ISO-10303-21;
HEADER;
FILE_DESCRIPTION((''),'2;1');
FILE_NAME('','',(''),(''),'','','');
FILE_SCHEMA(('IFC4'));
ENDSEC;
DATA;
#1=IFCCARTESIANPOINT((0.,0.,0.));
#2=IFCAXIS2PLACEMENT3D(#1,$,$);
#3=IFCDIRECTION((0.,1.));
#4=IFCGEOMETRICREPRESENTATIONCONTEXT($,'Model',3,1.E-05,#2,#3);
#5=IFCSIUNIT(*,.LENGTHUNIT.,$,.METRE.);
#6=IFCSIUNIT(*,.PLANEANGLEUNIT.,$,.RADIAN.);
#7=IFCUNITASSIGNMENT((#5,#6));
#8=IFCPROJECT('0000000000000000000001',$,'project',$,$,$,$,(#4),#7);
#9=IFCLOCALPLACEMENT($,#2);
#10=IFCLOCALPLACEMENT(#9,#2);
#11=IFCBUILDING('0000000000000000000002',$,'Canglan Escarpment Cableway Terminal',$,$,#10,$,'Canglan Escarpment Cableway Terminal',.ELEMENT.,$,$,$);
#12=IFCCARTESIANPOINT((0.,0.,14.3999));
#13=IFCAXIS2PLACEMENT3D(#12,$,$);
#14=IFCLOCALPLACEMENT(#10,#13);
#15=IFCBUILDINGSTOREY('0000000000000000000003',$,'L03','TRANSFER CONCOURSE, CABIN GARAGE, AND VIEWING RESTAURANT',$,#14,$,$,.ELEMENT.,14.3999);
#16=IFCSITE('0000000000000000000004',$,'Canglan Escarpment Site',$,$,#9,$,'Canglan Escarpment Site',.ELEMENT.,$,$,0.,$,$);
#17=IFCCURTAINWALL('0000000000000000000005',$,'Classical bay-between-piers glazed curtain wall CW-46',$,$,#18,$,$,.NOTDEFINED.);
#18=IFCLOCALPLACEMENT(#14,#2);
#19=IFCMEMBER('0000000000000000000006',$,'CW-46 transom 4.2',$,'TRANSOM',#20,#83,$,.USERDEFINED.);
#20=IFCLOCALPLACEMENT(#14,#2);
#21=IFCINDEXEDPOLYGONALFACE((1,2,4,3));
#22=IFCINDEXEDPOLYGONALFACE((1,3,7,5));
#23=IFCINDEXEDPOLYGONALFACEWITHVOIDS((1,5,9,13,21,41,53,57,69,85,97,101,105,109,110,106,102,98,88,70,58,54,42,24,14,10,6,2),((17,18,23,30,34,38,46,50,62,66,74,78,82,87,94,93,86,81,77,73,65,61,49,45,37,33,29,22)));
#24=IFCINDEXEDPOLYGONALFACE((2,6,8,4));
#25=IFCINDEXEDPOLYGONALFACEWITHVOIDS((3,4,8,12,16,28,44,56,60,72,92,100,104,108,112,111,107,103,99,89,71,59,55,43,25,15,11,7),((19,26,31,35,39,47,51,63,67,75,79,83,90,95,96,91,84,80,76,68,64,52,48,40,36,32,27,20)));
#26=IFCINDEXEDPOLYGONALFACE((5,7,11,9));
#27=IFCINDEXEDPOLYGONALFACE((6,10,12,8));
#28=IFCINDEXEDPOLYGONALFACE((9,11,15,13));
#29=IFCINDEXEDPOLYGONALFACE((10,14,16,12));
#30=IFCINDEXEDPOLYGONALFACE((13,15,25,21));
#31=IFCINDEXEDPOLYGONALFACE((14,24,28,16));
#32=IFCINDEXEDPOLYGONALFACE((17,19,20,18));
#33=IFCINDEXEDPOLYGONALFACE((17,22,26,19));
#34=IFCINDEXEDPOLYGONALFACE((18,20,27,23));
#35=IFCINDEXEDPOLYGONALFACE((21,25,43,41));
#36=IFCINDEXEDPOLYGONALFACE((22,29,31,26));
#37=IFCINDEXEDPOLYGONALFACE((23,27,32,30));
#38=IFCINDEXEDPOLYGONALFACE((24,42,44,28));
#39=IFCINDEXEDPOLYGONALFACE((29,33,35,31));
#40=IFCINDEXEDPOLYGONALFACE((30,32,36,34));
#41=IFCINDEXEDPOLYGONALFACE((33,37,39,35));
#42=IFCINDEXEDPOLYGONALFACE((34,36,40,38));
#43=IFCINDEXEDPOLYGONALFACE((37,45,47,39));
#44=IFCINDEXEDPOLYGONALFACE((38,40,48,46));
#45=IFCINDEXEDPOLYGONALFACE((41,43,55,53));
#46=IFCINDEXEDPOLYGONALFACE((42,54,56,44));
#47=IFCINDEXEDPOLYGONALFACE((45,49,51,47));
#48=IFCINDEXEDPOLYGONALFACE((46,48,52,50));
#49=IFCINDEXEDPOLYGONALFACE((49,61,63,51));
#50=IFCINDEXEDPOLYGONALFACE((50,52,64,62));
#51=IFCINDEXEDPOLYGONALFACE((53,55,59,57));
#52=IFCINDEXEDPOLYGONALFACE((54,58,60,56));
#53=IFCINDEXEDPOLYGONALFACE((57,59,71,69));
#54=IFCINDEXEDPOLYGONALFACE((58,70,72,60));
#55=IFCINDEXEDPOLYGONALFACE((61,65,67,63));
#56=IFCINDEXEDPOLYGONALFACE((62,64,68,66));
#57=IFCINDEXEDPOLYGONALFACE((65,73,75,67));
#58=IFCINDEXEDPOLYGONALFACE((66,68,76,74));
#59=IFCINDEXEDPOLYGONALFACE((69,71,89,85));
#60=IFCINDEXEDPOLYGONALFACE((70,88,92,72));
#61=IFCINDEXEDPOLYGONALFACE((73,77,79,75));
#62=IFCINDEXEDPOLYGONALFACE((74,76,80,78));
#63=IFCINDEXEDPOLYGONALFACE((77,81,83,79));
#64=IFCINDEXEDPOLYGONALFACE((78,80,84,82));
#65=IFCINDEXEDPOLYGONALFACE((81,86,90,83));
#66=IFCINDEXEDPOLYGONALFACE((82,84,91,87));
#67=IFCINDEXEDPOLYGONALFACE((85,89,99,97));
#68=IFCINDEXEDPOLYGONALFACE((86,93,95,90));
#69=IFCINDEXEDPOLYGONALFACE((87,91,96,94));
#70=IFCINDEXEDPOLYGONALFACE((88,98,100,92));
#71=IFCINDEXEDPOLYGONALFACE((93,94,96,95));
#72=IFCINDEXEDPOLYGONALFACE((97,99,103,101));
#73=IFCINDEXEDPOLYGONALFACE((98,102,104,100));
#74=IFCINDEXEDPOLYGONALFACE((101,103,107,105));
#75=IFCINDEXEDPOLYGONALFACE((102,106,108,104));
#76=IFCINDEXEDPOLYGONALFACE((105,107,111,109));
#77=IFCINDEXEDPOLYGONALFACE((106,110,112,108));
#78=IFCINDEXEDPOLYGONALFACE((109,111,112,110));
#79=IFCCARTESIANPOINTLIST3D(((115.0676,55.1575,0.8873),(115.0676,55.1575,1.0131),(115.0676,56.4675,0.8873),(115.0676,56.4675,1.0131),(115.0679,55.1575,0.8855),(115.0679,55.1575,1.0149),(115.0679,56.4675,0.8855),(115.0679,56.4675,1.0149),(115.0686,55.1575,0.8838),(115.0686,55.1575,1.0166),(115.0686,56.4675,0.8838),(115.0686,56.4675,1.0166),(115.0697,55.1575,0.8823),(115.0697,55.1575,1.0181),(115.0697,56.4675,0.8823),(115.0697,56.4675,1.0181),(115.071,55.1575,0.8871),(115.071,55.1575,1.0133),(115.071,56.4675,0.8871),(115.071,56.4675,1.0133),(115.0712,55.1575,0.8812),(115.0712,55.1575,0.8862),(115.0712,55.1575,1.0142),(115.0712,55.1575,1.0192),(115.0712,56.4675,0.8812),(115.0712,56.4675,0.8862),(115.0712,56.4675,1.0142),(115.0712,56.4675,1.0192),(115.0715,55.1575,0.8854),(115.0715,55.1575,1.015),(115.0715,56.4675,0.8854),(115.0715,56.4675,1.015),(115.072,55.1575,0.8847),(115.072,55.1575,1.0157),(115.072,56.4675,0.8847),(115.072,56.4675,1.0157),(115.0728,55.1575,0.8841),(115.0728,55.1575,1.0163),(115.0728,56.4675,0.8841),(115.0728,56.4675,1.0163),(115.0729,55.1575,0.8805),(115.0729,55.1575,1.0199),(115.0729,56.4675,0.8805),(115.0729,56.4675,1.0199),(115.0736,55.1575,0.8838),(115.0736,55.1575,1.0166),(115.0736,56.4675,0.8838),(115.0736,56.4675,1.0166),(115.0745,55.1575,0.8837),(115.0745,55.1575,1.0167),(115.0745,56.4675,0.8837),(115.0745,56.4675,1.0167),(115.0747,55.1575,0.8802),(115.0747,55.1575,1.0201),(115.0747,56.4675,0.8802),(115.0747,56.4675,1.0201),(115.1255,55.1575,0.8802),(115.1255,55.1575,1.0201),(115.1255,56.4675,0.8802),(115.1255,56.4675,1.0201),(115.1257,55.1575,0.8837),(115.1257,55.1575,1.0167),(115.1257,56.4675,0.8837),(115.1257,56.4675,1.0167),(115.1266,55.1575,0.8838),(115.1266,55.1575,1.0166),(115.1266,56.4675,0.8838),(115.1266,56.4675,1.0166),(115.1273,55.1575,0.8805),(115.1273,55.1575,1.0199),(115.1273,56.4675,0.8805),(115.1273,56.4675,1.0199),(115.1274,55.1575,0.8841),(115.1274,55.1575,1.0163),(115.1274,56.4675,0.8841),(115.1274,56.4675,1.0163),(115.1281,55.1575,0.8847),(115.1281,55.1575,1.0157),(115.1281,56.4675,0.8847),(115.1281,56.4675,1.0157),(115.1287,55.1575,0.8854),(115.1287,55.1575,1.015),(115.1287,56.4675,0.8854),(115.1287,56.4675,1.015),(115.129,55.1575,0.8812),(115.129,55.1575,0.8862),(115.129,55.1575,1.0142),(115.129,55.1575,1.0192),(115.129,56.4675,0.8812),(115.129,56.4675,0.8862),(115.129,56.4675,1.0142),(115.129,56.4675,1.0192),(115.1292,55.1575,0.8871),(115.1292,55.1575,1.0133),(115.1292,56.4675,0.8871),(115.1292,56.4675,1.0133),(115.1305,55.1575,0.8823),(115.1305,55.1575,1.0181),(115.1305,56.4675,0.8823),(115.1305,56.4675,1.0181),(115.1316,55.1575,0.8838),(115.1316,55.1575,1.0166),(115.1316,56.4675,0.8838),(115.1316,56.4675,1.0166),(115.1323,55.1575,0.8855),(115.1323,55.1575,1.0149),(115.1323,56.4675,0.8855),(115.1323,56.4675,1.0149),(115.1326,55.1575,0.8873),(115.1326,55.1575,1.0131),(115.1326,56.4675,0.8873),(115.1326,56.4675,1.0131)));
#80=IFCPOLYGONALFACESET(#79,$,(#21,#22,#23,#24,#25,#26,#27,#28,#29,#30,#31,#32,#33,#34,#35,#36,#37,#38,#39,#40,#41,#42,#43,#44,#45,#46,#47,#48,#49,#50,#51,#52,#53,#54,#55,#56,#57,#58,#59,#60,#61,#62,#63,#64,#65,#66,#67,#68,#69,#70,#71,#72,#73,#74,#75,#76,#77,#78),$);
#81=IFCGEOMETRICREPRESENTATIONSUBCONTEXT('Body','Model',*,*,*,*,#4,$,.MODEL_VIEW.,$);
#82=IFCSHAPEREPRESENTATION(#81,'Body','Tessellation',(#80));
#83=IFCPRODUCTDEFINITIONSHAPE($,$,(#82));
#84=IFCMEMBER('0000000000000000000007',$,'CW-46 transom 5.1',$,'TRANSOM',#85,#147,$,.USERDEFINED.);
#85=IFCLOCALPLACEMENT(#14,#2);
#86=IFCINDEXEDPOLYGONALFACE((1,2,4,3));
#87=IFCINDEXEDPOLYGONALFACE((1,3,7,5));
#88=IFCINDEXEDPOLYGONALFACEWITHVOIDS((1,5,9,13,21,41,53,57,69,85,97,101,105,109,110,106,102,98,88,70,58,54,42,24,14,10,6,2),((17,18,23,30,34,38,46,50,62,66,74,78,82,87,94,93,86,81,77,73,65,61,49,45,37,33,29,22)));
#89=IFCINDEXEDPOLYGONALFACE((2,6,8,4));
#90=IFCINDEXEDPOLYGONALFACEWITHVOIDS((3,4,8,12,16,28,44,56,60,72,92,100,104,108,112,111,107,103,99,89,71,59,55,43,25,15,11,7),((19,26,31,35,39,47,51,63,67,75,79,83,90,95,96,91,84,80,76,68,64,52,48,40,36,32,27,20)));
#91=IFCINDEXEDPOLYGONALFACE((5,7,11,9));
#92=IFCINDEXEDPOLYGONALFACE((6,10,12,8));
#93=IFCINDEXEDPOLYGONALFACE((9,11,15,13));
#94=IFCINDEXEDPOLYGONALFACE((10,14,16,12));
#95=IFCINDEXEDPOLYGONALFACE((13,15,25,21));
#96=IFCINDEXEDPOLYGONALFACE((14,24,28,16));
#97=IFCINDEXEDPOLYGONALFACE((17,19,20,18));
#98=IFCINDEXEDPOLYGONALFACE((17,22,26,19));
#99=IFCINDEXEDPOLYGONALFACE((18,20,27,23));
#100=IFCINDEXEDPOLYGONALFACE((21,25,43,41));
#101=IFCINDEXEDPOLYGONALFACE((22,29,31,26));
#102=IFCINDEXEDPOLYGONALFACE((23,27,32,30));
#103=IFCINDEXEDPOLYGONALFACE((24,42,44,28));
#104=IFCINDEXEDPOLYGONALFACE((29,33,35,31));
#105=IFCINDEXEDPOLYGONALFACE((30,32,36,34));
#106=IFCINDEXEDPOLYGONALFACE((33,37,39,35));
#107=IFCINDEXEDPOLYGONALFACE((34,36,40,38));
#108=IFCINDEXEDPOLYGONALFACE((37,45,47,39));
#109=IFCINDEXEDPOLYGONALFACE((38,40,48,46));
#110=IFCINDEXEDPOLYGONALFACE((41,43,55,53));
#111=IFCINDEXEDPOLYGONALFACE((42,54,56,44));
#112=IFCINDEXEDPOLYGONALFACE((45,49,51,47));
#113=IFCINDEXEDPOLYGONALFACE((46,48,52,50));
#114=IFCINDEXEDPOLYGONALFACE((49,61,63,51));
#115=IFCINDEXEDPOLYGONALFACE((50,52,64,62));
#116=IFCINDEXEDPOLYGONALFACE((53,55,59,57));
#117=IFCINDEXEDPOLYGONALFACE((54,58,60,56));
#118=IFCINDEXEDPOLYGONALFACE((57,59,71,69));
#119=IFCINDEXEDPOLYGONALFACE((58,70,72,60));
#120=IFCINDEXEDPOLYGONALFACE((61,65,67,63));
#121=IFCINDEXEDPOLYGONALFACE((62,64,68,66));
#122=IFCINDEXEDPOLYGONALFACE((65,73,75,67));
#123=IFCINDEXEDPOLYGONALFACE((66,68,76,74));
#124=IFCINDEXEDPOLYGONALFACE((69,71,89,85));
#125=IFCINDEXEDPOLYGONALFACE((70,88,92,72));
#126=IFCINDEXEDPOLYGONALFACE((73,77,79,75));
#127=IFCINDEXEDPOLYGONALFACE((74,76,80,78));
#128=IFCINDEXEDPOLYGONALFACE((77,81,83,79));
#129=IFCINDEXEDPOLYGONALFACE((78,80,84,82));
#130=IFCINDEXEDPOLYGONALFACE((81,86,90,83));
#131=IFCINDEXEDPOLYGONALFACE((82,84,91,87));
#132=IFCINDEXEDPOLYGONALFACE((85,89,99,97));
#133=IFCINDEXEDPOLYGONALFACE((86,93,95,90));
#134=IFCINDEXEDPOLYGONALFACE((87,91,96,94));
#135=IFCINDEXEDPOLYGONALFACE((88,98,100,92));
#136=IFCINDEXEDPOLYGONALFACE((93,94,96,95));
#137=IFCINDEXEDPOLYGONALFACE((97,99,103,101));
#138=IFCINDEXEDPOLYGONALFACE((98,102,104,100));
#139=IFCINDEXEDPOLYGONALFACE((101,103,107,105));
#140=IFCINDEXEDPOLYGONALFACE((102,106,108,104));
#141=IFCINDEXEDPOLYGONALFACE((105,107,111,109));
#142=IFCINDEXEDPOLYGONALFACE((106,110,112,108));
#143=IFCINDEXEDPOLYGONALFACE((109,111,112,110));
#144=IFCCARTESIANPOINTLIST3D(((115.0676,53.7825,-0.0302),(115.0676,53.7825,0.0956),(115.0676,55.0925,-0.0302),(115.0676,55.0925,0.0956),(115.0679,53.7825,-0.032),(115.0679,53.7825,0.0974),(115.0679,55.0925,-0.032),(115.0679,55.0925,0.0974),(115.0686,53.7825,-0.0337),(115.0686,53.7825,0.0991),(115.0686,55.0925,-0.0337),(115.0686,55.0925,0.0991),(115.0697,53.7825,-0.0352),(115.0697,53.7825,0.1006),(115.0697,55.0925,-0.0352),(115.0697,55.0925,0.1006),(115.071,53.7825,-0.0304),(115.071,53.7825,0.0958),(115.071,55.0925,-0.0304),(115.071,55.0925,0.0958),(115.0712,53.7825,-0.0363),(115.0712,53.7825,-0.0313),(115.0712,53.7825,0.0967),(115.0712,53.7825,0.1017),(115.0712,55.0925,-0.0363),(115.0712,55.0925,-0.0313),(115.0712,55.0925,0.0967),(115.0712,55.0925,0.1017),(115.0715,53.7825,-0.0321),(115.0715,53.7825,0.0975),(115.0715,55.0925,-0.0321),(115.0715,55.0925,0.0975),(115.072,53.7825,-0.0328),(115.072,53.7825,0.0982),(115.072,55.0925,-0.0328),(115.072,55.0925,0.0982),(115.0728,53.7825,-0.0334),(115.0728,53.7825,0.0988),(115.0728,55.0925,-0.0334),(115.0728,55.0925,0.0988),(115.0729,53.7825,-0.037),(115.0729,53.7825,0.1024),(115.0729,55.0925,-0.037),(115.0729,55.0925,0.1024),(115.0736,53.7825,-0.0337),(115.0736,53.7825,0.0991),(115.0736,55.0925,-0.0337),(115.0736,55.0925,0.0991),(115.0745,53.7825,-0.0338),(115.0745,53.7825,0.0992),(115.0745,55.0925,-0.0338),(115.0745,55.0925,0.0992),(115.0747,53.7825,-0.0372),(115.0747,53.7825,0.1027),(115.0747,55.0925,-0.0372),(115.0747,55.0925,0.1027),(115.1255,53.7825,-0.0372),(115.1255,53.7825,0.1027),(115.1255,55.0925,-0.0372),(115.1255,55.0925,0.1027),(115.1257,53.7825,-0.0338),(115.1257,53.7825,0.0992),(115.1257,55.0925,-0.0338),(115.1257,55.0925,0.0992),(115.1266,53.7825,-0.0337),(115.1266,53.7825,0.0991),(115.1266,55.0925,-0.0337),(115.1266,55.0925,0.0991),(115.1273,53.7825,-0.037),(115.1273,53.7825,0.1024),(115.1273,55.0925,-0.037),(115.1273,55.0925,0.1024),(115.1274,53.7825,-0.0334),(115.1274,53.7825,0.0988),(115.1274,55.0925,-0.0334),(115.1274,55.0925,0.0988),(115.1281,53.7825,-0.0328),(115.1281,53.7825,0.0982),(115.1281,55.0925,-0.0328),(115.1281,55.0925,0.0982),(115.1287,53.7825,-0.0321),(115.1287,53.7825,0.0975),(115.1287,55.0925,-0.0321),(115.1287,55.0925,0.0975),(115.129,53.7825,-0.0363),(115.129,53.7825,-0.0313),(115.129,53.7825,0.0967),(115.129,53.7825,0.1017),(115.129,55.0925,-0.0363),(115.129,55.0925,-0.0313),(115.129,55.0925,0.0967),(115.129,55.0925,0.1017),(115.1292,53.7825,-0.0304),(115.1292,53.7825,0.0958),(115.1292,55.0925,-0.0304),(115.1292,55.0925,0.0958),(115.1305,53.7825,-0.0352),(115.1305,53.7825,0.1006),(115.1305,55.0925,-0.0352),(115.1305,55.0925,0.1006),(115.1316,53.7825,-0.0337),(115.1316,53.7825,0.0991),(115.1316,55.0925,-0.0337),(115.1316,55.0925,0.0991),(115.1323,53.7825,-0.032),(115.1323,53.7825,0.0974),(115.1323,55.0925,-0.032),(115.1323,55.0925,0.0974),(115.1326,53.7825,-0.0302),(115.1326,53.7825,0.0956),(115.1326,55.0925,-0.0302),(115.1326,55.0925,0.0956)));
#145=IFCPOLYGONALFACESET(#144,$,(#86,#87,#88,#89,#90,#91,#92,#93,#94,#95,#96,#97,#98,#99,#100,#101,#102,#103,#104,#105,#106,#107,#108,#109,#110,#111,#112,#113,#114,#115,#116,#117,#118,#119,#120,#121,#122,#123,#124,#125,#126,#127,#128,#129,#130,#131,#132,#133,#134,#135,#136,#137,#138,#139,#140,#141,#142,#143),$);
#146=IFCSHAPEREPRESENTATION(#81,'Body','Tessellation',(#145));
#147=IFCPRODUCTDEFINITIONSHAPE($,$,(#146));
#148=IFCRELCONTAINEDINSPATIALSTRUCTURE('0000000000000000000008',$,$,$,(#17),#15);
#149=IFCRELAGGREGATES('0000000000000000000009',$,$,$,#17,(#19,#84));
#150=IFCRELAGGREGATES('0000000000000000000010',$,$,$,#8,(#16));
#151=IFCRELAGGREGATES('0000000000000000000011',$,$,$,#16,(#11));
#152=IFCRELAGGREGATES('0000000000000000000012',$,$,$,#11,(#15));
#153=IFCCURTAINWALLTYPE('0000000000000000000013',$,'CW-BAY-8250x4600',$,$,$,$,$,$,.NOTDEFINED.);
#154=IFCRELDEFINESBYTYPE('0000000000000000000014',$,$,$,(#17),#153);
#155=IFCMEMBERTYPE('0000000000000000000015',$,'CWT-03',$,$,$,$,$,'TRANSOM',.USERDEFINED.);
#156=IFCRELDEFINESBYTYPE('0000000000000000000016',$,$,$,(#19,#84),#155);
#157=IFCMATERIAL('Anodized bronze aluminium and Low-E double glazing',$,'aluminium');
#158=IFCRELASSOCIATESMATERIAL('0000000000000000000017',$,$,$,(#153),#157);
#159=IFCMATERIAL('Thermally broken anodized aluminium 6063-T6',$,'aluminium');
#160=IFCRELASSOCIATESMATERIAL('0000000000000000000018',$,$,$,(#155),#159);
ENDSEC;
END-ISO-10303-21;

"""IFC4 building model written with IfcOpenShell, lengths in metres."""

from ifc_helpers import new_model, si_unit, direction, frame, origin, origin_2d, place, context, subcontext, project, spatial, hollow_rectangle, extrude, material, material_profile, profile_set, type_object, element, aggregate, save


model = new_model("IFC4")

# Units and contexts
model_context = context("Model", 3, precision=1e-05, world=origin(), true_north=direction((0.0, 1.0)))
body_context = subcontext(model_context, "Body", "Model", "MODEL_VIEW")
ifc_project = project(units=[si_unit("LENGTHUNIT", "METRE"), si_unit("PLANEANGLEUNIT", "RADIAN")], contexts=[model_context])

# Site, building, storey
site_placement = place(None, origin())
site = spatial("IfcSite", under=ifc_project, at=site_placement, Name="Canglan Escarpment Site", LongName="Canglan Escarpment Site", CompositionType="ELEMENT", RefElevation=0.0)
building_placement = place(site_placement, origin())
building = spatial("IfcBuilding", under=site, at=building_placement, Name="Canglan Escarpment Cableway Terminal", LongName="Canglan Escarpment Cableway Terminal", CompositionType="ELEMENT")
storey_placement = place(building_placement, frame((0.0, 0.0, 14.3999)))
storey = spatial("IfcBuildingStorey", under=building, at=storey_placement, Name="L03", Description="TRANSFER CONCOURSE, CABIN GARAGE, AND VIEWING RESTAURANT", CompositionType="ELEMENT", Elevation=14.3999)

# Curtain wall, members
ifc_material_1 = material(Name="Anodized bronze aluminium and Low-E double glazing", Category="aluminium")
curtain_wall_type = type_object("IfcCurtainWallType", Name="CW-BAY-8250x4600", PredefinedType="NOTDEFINED", material=ifc_material_1)
curtain_wall_placement = place(storey_placement, origin())
curtain_wall = element("IfcCurtainWall", 1, at=curtain_wall_placement, inside=storey, type_object=curtain_wall_type, Name="Classical bay-between-piers glazed curtain wall CW-46", PredefinedType="NOTDEFINED")
ifc_material_2 = material(Name="Thermally broken anodized aluminium 6063-T6", Category="aluminium")
ifc_material_profile_1 = material_profile(ifc_material_2, hollow_rectangle(XDim=0.0649, YDim=0.1399, WallThickness=0.0034, InnerFilletRadius=0.0034, OuterFilletRadius=0.0071, at=origin_2d()), Name="ALU-TRAN 65x140x3.5")
ifc_profile_set_1 = profile_set([ifc_material_profile_1], Name="Thermally broken anodized aluminium 6063-T6")
member_type_1 = type_object("IfcMemberType", Name="CWT-03", ElementType="TRANSOM", PredefinedType="USERDEFINED", material=ifc_profile_set_1)
member_1_placement = place(storey_placement, frame((115.1001, 56.4675, 0.9502), z_axis=(0.0, -1.0, 0.0), x_axis=(1.0, 0.0, 0.0)))
member_1 = element("IfcMember", 2, at=member_1_placement, type_object=member_type_1, Name="CW-46 transom 4.2", ObjectType="TRANSOM", PredefinedType="USERDEFINED", context=body_context, shape_type="SweptSolid", body=[
    extrude(hollow_rectangle(XDim=0.0649, YDim=0.1399, WallThickness=0.0034, InnerFilletRadius=0.0034, OuterFilletRadius=0.0071, at=origin_2d()), origin(), (0.0, 0.0, 1.0), 1.3101),
])
member_2_placement = place(storey_placement, frame((115.1001, 55.0925, 0.0327), z_axis=(0.0, -1.0, 0.0), x_axis=(1.0, 0.0, 0.0)))
member_2 = element("IfcMember", 3, at=member_2_placement, type_object=member_type_1, Name="CW-46 transom 5.1", ObjectType="TRANSOM", PredefinedType="USERDEFINED", context=body_context, shape_type="SweptSolid", body=[
    extrude(hollow_rectangle(XDim=0.0649, YDim=0.1399, WallThickness=0.0034, InnerFilletRadius=0.0034, OuterFilletRadius=0.0071, at=origin_2d()), origin(), (0.0, 0.0, 1.0), 1.3101),
])

aggregate(curtain_wall, [member_1, member_2])

save(model, "model.ifc")
